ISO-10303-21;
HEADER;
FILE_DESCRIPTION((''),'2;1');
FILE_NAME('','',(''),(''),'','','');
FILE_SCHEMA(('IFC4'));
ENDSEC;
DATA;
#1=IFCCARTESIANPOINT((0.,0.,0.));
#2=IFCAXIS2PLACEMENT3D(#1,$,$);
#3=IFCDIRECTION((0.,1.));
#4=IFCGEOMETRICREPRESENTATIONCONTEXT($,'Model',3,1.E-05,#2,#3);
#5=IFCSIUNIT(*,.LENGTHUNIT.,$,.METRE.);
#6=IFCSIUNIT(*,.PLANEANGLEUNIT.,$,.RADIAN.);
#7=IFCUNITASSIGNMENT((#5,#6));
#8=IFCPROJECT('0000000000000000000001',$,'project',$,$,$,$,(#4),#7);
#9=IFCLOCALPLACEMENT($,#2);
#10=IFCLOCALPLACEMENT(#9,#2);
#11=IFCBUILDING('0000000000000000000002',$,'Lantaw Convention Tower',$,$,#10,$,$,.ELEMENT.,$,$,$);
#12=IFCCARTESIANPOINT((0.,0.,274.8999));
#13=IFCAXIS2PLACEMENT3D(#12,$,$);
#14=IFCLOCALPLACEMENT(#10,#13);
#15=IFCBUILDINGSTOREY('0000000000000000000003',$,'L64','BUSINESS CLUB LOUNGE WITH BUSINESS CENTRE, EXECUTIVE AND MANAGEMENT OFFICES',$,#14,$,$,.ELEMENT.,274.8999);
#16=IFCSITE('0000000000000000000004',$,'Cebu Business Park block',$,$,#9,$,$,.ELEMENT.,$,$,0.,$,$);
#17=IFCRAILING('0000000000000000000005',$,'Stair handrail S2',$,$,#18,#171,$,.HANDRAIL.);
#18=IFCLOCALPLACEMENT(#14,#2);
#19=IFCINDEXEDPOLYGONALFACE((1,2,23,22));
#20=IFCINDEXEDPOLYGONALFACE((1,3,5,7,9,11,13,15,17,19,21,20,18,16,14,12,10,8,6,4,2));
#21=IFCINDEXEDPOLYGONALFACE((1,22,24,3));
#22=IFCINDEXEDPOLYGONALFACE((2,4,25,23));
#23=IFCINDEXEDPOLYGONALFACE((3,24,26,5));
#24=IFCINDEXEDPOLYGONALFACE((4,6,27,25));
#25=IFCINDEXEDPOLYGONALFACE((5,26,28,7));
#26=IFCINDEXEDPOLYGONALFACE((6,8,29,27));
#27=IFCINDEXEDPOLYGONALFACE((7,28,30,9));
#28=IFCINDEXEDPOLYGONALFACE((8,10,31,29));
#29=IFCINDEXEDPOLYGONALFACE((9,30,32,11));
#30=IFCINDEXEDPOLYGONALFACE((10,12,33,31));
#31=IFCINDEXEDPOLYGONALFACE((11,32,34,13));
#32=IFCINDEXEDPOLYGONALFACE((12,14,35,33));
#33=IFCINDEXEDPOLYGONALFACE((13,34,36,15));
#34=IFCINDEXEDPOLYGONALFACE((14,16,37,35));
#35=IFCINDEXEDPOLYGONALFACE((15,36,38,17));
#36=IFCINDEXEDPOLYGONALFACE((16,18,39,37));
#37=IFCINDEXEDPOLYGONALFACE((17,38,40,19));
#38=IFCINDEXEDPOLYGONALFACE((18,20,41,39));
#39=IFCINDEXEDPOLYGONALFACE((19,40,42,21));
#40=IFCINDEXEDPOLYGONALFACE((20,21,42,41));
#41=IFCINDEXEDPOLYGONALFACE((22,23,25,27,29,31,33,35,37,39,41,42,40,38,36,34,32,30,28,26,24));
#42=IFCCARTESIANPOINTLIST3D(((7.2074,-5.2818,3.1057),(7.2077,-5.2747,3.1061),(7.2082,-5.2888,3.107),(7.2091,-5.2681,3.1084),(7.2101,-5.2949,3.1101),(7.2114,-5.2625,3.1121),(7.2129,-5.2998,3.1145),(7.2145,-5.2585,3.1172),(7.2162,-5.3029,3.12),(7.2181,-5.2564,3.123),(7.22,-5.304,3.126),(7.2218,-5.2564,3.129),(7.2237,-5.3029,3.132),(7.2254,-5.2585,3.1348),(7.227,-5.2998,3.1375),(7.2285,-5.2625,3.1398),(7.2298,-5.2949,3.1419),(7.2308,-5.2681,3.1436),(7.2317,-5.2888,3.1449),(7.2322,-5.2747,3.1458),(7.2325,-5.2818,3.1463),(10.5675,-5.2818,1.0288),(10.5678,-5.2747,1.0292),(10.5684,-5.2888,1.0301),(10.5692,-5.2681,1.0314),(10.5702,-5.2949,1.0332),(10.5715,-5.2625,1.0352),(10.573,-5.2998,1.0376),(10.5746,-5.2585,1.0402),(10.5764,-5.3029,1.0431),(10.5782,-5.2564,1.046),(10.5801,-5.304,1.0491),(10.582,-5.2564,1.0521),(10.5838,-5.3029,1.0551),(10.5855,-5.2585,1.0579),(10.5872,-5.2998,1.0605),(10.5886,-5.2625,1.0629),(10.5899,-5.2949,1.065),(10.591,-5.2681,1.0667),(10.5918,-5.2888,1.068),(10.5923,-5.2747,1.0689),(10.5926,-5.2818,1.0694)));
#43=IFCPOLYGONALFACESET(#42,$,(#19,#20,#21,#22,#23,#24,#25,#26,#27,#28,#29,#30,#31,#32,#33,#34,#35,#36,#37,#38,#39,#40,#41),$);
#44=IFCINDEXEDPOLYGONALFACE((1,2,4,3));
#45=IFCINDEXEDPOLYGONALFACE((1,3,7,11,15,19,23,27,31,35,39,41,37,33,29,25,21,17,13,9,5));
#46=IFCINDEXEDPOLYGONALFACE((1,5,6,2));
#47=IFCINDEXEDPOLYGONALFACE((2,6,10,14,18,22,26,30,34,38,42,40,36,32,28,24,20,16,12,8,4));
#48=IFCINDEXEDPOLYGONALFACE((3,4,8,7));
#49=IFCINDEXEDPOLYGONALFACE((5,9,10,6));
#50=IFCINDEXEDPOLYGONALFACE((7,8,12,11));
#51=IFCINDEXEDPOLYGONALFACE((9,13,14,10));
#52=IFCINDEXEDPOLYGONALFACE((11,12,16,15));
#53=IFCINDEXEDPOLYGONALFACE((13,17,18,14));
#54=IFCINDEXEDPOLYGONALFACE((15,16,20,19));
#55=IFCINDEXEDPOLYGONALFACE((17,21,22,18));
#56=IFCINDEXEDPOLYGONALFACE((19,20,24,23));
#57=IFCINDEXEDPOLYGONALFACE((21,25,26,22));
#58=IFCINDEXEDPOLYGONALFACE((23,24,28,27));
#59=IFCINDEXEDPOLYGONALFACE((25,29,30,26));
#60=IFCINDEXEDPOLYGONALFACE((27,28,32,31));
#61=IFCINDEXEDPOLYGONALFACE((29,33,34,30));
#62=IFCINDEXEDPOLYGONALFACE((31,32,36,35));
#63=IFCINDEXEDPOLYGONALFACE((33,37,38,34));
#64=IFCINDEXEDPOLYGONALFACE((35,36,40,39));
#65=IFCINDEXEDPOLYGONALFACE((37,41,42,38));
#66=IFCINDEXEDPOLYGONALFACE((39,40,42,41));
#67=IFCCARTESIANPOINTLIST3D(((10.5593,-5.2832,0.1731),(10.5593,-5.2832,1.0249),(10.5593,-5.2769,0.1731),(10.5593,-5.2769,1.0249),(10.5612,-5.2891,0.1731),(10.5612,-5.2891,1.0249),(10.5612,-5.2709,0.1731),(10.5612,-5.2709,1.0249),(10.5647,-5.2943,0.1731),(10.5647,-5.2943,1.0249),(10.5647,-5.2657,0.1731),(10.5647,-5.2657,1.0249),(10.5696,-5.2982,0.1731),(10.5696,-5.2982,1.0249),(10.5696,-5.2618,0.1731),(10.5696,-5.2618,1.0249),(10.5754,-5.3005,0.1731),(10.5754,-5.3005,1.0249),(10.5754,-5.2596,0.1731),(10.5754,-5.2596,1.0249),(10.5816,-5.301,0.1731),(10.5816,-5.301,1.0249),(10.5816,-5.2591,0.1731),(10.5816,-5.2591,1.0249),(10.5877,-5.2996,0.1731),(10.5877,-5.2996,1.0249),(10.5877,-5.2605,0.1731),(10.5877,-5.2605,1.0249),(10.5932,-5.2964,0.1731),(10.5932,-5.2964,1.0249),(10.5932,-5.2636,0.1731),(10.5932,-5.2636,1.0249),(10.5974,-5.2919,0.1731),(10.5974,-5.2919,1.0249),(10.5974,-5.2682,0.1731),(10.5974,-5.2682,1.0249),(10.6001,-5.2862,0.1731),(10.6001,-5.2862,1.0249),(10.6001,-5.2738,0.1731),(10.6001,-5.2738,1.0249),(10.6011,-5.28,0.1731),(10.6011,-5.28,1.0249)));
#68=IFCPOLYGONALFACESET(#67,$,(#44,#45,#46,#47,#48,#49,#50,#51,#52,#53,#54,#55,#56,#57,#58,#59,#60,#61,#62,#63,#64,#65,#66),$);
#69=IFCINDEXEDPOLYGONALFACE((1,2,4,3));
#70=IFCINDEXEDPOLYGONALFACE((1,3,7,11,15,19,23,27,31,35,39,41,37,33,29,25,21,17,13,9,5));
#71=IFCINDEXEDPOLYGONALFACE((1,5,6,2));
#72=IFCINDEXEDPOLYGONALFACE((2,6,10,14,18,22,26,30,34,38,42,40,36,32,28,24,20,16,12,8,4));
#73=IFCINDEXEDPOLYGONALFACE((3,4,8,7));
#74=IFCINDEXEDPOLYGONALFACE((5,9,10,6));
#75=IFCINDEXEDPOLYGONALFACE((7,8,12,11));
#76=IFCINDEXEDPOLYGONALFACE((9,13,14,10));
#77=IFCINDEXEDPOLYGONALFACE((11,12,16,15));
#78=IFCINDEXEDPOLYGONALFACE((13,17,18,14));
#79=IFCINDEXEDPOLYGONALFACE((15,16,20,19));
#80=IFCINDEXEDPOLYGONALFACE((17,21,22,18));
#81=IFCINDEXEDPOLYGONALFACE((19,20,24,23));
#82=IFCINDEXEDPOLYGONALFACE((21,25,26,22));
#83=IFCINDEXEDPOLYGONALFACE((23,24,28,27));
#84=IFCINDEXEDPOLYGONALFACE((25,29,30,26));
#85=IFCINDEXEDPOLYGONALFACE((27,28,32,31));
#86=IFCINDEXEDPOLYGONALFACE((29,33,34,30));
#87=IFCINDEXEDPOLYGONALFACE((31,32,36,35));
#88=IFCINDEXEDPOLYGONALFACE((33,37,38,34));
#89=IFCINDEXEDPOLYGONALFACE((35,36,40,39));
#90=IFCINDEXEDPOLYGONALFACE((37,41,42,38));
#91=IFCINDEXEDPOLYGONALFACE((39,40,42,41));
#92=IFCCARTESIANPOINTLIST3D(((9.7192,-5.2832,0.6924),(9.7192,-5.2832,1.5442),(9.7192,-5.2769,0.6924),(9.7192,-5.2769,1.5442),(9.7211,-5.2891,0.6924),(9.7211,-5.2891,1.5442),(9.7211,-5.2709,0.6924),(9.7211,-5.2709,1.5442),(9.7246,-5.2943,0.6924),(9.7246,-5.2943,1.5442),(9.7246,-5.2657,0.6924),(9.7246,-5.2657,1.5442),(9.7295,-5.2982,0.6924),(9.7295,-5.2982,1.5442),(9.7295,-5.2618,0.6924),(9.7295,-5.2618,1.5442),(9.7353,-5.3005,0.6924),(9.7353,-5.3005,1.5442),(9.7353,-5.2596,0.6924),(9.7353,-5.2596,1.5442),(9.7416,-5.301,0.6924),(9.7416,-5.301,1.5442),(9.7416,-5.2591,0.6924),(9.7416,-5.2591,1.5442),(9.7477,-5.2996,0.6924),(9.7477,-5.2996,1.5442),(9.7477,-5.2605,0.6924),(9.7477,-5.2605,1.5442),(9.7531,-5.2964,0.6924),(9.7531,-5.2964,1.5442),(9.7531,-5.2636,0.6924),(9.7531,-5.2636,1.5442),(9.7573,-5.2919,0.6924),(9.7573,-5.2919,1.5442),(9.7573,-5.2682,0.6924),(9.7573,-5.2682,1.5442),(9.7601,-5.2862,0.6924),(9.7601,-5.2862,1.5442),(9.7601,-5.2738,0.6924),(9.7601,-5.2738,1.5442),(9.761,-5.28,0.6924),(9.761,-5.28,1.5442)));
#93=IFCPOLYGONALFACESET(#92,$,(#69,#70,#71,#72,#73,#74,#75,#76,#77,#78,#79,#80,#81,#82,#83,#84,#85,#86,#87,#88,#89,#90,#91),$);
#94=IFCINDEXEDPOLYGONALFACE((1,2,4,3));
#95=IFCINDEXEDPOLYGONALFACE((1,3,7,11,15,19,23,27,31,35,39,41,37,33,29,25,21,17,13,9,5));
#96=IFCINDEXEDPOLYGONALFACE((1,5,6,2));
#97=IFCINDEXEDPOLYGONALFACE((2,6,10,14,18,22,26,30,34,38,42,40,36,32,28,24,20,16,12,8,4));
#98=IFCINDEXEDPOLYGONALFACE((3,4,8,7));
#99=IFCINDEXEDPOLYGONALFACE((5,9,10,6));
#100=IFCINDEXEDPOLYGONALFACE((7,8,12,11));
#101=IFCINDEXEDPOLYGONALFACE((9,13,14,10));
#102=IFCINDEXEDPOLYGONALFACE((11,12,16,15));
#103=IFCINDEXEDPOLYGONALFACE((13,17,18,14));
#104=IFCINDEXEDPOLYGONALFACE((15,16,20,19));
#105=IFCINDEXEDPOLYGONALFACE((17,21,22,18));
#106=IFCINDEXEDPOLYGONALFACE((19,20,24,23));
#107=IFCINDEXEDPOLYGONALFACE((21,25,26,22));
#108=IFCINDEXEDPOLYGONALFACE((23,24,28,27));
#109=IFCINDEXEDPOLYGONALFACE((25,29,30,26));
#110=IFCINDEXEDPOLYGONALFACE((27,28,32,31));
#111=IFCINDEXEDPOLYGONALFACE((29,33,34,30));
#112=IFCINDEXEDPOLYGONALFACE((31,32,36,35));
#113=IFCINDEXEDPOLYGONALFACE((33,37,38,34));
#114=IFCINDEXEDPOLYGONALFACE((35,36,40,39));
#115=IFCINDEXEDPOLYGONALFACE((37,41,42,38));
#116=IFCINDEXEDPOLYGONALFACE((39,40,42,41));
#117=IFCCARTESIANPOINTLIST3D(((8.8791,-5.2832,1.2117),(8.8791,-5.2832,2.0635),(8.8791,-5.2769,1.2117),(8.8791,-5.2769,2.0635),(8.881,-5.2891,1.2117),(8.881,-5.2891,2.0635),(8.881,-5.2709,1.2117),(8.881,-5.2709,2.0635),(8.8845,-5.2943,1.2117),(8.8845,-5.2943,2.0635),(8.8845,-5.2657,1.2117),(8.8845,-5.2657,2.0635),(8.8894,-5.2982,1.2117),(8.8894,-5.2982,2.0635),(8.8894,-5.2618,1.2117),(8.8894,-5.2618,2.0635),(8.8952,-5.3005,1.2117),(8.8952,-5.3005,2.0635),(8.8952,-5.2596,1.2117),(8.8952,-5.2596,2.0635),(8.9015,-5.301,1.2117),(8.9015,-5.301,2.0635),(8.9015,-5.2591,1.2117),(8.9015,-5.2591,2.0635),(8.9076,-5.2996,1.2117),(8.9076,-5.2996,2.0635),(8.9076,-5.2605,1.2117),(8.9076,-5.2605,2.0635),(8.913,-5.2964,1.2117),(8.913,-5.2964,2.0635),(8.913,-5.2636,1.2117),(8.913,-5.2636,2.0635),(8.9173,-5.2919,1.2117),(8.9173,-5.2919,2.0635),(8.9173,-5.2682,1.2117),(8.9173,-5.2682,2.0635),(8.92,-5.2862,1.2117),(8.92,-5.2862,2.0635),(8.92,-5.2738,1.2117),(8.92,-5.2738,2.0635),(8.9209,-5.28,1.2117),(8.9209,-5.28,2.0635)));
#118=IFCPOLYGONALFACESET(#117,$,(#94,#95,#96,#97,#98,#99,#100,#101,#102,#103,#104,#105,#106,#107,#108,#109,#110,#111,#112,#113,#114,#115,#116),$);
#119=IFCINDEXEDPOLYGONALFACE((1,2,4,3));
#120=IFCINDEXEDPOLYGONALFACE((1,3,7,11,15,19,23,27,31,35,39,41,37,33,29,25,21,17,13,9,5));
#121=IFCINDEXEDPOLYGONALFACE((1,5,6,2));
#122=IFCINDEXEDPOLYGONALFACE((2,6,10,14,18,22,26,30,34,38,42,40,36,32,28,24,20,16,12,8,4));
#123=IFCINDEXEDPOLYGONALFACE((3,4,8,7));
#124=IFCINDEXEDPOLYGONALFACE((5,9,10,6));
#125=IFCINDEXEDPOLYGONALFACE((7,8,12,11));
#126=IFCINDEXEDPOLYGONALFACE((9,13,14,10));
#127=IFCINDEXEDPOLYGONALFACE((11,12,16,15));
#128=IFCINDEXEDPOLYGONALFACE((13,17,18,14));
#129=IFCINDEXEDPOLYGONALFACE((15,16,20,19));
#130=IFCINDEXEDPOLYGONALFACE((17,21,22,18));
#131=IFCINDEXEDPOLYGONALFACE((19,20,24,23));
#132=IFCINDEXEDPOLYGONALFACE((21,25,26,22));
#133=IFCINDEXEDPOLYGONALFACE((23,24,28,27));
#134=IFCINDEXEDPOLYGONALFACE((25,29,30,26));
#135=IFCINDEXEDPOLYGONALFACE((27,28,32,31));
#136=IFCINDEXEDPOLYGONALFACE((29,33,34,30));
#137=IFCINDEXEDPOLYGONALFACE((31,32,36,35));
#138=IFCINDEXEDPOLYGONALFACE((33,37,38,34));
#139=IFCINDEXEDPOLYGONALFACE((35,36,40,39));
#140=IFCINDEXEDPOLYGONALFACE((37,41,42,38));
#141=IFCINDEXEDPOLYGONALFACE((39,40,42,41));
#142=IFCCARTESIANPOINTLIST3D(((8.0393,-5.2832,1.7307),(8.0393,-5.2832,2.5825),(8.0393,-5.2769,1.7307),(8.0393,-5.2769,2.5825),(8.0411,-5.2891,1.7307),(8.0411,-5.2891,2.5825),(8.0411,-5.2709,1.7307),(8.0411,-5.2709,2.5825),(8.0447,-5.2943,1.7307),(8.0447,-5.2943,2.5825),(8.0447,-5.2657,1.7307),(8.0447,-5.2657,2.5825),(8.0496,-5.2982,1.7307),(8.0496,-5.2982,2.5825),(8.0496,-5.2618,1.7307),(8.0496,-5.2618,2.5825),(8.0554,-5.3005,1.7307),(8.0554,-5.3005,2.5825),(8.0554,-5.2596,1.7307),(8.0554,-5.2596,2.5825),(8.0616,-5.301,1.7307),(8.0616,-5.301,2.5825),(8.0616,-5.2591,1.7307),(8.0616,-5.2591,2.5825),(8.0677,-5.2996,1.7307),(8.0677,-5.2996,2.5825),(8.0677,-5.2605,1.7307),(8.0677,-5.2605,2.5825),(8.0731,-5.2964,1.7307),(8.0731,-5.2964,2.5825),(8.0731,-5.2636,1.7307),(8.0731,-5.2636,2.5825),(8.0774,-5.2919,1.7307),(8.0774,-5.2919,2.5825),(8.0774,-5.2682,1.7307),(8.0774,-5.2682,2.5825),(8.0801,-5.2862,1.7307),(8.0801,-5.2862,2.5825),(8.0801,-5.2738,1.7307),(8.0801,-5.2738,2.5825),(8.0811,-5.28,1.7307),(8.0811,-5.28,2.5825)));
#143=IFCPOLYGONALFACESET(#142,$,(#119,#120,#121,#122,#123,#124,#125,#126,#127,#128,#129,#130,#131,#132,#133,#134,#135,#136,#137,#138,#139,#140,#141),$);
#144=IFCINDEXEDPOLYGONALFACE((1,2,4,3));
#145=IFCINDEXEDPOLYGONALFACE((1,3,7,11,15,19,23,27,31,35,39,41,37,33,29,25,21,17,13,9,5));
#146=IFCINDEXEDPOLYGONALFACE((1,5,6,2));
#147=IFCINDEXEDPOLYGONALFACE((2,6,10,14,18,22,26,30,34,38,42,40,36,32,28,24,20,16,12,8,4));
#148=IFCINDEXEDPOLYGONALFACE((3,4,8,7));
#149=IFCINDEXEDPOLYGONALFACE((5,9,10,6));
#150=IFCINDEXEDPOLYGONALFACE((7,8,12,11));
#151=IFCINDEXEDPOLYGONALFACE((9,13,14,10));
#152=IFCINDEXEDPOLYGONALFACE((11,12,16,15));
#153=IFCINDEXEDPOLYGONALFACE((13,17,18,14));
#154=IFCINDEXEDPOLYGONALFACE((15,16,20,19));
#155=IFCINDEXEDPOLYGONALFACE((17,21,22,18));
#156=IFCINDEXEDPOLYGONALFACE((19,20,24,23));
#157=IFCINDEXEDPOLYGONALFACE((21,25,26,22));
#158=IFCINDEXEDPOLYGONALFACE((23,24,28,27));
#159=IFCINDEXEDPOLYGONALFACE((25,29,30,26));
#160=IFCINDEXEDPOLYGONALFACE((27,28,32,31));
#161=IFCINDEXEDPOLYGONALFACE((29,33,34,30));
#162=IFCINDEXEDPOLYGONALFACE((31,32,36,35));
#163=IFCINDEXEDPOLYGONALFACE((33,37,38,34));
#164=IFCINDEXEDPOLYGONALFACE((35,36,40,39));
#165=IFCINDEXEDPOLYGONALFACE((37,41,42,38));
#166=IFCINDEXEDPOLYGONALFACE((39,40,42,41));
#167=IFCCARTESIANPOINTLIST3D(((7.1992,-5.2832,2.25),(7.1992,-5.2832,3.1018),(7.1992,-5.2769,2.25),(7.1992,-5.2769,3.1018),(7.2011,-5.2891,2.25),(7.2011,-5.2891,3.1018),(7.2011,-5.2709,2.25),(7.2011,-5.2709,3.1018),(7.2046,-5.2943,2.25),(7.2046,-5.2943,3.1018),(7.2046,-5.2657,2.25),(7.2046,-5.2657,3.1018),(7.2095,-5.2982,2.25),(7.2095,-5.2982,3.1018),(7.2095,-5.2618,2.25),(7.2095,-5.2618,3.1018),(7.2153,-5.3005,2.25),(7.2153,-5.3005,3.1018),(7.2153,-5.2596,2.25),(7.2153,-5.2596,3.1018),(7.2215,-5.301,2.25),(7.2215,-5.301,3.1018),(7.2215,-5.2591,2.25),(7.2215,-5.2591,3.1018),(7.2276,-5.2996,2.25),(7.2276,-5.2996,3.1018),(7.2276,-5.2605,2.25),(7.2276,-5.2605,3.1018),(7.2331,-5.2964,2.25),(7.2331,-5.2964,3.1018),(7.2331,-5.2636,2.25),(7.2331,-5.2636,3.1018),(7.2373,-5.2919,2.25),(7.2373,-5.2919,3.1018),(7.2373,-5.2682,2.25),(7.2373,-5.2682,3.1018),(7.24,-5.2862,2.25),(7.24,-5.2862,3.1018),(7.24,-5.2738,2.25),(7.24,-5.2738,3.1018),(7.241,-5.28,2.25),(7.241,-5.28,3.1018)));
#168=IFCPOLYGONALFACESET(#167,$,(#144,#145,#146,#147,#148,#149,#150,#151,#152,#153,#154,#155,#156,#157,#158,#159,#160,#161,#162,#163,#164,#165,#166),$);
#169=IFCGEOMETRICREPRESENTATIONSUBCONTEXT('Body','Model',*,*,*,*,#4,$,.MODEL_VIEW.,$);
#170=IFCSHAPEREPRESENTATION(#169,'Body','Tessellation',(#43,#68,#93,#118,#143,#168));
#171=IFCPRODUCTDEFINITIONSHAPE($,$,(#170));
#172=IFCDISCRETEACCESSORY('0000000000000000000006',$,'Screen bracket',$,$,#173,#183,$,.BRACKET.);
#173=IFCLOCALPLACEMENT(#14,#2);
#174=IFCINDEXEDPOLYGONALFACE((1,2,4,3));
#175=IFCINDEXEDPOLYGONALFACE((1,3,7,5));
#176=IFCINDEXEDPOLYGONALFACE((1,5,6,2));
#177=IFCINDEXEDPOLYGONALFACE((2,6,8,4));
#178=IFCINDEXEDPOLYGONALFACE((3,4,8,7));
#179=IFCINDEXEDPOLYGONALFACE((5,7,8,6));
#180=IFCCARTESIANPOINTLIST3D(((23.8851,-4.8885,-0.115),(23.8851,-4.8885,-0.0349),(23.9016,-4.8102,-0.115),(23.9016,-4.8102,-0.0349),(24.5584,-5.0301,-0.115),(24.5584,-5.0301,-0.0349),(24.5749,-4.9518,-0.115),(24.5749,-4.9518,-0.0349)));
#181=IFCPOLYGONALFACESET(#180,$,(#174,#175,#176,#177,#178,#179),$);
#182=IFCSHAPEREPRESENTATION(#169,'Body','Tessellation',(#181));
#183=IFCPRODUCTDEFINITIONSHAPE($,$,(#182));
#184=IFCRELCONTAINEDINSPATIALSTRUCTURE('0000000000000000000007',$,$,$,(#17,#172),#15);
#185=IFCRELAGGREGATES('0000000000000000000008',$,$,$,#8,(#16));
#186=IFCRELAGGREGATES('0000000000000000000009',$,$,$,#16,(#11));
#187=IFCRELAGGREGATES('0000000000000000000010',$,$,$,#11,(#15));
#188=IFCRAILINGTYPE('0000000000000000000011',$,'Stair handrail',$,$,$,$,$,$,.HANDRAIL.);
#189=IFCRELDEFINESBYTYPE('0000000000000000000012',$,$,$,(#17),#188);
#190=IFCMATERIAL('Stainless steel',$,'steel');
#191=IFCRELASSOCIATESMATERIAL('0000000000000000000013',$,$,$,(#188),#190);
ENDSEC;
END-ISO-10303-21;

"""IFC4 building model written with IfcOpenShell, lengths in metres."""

from ifc_helpers import new_model, si_unit, direction, frame, origin, origin_2d, place, context, subcontext, project, spatial, rectangle, circle, extrude, material, type_object, element, save


model = new_model("IFC4")

# Units and contexts
model_context = context("Model", 3, precision=1e-05, world=origin(), true_north=direction((0.0, 1.0)))
body_context = subcontext(model_context, "Body", "Model", "MODEL_VIEW")
ifc_project = project(units=[si_unit("LENGTHUNIT", "METRE"), si_unit("PLANEANGLEUNIT", "RADIAN")], contexts=[model_context])

# Site, building, storey
site_placement = place(None, origin())
site = spatial("IfcSite", under=ifc_project, at=site_placement, Name="Cebu Business Park block", CompositionType="ELEMENT", RefElevation=0.0)
building_placement = place(site_placement, origin())
building = spatial("IfcBuilding", under=site, at=building_placement, Name="Lantaw Convention Tower", CompositionType="ELEMENT")
storey_placement = place(building_placement, frame((0.0, 0.0, 274.8999)))
storey = spatial("IfcBuildingStorey", under=building, at=storey_placement, Name="L64", Description="BUSINESS CLUB LOUNGE WITH BUSINESS CENTRE, EXECUTIVE AND MANAGEMENT OFFICES", CompositionType="ELEMENT", Elevation=274.8999)

# Railing
ifc_material_1 = material(Name="Stainless steel", Category="steel")
railing_type = type_object("IfcRailingType", Name="Stair handrail", PredefinedType="HANDRAIL", material=ifc_material_1)
railing_placement = place(storey_placement, frame((10.5801, -5.28, 0.1731)))
element("IfcRailing", 1, at=railing_placement, inside=storey, type_object=railing_type, Name="Stair handrail S2", PredefinedType="HANDRAIL", context=body_context, shape_type="SweptSolid", body=[
    extrude(circle(Radius=0.0239, at=origin_2d()), frame((0.0, 0.0, 0.876), z_axis=(-0.850623, 0.0, 0.525776), x_axis=(0.0, -1.0, 0.0)), (0.0, 0.0, 1.0), 3.9502),
    extrude(circle(Radius=0.021, at=origin_2d()), origin(), (0.0, 0.0, 1.0), 0.8518),
    extrude(circle(Radius=0.021, at=origin_2d()), frame((-0.8401, 0.0, 0.5193)), (0.0, 0.0, 1.0), 0.8518),
    extrude(circle(Radius=0.021, at=origin_2d()), frame((-1.6802, 0.0, 1.0386)), (0.0, 0.0, 1.0), 0.8518),
    extrude(circle(Radius=0.021, at=origin_2d()), frame((-2.52, 0.0, 1.5576)), (0.0, 0.0, 1.0), 0.8518),
    extrude(circle(Radius=0.021, at=origin_2d()), frame((-3.3601, 0.0, 2.0769)), (0.0, 0.0, 1.0), 0.8518),
])

# Discrete accessory
discrete_accessory_placement = place(storey_placement, frame((24.23, -4.9202, -0.115), z_axis=(0.0, 0.0, 1.0), x_axis=(0.205814, 0.978591, 0.0)))
element("IfcDiscreteAccessory", 2, at=discrete_accessory_placement, inside=storey, Name="Screen bracket", PredefinedType="BRACKET", context=body_context, shape_type="SweptSolid", body=[
    extrude(rectangle(XDim=0.0801, YDim=0.688, at=origin_2d()), origin(), (0.0, 0.0, 1.0), 0.0801),
])

save(model, "model.ifc")
